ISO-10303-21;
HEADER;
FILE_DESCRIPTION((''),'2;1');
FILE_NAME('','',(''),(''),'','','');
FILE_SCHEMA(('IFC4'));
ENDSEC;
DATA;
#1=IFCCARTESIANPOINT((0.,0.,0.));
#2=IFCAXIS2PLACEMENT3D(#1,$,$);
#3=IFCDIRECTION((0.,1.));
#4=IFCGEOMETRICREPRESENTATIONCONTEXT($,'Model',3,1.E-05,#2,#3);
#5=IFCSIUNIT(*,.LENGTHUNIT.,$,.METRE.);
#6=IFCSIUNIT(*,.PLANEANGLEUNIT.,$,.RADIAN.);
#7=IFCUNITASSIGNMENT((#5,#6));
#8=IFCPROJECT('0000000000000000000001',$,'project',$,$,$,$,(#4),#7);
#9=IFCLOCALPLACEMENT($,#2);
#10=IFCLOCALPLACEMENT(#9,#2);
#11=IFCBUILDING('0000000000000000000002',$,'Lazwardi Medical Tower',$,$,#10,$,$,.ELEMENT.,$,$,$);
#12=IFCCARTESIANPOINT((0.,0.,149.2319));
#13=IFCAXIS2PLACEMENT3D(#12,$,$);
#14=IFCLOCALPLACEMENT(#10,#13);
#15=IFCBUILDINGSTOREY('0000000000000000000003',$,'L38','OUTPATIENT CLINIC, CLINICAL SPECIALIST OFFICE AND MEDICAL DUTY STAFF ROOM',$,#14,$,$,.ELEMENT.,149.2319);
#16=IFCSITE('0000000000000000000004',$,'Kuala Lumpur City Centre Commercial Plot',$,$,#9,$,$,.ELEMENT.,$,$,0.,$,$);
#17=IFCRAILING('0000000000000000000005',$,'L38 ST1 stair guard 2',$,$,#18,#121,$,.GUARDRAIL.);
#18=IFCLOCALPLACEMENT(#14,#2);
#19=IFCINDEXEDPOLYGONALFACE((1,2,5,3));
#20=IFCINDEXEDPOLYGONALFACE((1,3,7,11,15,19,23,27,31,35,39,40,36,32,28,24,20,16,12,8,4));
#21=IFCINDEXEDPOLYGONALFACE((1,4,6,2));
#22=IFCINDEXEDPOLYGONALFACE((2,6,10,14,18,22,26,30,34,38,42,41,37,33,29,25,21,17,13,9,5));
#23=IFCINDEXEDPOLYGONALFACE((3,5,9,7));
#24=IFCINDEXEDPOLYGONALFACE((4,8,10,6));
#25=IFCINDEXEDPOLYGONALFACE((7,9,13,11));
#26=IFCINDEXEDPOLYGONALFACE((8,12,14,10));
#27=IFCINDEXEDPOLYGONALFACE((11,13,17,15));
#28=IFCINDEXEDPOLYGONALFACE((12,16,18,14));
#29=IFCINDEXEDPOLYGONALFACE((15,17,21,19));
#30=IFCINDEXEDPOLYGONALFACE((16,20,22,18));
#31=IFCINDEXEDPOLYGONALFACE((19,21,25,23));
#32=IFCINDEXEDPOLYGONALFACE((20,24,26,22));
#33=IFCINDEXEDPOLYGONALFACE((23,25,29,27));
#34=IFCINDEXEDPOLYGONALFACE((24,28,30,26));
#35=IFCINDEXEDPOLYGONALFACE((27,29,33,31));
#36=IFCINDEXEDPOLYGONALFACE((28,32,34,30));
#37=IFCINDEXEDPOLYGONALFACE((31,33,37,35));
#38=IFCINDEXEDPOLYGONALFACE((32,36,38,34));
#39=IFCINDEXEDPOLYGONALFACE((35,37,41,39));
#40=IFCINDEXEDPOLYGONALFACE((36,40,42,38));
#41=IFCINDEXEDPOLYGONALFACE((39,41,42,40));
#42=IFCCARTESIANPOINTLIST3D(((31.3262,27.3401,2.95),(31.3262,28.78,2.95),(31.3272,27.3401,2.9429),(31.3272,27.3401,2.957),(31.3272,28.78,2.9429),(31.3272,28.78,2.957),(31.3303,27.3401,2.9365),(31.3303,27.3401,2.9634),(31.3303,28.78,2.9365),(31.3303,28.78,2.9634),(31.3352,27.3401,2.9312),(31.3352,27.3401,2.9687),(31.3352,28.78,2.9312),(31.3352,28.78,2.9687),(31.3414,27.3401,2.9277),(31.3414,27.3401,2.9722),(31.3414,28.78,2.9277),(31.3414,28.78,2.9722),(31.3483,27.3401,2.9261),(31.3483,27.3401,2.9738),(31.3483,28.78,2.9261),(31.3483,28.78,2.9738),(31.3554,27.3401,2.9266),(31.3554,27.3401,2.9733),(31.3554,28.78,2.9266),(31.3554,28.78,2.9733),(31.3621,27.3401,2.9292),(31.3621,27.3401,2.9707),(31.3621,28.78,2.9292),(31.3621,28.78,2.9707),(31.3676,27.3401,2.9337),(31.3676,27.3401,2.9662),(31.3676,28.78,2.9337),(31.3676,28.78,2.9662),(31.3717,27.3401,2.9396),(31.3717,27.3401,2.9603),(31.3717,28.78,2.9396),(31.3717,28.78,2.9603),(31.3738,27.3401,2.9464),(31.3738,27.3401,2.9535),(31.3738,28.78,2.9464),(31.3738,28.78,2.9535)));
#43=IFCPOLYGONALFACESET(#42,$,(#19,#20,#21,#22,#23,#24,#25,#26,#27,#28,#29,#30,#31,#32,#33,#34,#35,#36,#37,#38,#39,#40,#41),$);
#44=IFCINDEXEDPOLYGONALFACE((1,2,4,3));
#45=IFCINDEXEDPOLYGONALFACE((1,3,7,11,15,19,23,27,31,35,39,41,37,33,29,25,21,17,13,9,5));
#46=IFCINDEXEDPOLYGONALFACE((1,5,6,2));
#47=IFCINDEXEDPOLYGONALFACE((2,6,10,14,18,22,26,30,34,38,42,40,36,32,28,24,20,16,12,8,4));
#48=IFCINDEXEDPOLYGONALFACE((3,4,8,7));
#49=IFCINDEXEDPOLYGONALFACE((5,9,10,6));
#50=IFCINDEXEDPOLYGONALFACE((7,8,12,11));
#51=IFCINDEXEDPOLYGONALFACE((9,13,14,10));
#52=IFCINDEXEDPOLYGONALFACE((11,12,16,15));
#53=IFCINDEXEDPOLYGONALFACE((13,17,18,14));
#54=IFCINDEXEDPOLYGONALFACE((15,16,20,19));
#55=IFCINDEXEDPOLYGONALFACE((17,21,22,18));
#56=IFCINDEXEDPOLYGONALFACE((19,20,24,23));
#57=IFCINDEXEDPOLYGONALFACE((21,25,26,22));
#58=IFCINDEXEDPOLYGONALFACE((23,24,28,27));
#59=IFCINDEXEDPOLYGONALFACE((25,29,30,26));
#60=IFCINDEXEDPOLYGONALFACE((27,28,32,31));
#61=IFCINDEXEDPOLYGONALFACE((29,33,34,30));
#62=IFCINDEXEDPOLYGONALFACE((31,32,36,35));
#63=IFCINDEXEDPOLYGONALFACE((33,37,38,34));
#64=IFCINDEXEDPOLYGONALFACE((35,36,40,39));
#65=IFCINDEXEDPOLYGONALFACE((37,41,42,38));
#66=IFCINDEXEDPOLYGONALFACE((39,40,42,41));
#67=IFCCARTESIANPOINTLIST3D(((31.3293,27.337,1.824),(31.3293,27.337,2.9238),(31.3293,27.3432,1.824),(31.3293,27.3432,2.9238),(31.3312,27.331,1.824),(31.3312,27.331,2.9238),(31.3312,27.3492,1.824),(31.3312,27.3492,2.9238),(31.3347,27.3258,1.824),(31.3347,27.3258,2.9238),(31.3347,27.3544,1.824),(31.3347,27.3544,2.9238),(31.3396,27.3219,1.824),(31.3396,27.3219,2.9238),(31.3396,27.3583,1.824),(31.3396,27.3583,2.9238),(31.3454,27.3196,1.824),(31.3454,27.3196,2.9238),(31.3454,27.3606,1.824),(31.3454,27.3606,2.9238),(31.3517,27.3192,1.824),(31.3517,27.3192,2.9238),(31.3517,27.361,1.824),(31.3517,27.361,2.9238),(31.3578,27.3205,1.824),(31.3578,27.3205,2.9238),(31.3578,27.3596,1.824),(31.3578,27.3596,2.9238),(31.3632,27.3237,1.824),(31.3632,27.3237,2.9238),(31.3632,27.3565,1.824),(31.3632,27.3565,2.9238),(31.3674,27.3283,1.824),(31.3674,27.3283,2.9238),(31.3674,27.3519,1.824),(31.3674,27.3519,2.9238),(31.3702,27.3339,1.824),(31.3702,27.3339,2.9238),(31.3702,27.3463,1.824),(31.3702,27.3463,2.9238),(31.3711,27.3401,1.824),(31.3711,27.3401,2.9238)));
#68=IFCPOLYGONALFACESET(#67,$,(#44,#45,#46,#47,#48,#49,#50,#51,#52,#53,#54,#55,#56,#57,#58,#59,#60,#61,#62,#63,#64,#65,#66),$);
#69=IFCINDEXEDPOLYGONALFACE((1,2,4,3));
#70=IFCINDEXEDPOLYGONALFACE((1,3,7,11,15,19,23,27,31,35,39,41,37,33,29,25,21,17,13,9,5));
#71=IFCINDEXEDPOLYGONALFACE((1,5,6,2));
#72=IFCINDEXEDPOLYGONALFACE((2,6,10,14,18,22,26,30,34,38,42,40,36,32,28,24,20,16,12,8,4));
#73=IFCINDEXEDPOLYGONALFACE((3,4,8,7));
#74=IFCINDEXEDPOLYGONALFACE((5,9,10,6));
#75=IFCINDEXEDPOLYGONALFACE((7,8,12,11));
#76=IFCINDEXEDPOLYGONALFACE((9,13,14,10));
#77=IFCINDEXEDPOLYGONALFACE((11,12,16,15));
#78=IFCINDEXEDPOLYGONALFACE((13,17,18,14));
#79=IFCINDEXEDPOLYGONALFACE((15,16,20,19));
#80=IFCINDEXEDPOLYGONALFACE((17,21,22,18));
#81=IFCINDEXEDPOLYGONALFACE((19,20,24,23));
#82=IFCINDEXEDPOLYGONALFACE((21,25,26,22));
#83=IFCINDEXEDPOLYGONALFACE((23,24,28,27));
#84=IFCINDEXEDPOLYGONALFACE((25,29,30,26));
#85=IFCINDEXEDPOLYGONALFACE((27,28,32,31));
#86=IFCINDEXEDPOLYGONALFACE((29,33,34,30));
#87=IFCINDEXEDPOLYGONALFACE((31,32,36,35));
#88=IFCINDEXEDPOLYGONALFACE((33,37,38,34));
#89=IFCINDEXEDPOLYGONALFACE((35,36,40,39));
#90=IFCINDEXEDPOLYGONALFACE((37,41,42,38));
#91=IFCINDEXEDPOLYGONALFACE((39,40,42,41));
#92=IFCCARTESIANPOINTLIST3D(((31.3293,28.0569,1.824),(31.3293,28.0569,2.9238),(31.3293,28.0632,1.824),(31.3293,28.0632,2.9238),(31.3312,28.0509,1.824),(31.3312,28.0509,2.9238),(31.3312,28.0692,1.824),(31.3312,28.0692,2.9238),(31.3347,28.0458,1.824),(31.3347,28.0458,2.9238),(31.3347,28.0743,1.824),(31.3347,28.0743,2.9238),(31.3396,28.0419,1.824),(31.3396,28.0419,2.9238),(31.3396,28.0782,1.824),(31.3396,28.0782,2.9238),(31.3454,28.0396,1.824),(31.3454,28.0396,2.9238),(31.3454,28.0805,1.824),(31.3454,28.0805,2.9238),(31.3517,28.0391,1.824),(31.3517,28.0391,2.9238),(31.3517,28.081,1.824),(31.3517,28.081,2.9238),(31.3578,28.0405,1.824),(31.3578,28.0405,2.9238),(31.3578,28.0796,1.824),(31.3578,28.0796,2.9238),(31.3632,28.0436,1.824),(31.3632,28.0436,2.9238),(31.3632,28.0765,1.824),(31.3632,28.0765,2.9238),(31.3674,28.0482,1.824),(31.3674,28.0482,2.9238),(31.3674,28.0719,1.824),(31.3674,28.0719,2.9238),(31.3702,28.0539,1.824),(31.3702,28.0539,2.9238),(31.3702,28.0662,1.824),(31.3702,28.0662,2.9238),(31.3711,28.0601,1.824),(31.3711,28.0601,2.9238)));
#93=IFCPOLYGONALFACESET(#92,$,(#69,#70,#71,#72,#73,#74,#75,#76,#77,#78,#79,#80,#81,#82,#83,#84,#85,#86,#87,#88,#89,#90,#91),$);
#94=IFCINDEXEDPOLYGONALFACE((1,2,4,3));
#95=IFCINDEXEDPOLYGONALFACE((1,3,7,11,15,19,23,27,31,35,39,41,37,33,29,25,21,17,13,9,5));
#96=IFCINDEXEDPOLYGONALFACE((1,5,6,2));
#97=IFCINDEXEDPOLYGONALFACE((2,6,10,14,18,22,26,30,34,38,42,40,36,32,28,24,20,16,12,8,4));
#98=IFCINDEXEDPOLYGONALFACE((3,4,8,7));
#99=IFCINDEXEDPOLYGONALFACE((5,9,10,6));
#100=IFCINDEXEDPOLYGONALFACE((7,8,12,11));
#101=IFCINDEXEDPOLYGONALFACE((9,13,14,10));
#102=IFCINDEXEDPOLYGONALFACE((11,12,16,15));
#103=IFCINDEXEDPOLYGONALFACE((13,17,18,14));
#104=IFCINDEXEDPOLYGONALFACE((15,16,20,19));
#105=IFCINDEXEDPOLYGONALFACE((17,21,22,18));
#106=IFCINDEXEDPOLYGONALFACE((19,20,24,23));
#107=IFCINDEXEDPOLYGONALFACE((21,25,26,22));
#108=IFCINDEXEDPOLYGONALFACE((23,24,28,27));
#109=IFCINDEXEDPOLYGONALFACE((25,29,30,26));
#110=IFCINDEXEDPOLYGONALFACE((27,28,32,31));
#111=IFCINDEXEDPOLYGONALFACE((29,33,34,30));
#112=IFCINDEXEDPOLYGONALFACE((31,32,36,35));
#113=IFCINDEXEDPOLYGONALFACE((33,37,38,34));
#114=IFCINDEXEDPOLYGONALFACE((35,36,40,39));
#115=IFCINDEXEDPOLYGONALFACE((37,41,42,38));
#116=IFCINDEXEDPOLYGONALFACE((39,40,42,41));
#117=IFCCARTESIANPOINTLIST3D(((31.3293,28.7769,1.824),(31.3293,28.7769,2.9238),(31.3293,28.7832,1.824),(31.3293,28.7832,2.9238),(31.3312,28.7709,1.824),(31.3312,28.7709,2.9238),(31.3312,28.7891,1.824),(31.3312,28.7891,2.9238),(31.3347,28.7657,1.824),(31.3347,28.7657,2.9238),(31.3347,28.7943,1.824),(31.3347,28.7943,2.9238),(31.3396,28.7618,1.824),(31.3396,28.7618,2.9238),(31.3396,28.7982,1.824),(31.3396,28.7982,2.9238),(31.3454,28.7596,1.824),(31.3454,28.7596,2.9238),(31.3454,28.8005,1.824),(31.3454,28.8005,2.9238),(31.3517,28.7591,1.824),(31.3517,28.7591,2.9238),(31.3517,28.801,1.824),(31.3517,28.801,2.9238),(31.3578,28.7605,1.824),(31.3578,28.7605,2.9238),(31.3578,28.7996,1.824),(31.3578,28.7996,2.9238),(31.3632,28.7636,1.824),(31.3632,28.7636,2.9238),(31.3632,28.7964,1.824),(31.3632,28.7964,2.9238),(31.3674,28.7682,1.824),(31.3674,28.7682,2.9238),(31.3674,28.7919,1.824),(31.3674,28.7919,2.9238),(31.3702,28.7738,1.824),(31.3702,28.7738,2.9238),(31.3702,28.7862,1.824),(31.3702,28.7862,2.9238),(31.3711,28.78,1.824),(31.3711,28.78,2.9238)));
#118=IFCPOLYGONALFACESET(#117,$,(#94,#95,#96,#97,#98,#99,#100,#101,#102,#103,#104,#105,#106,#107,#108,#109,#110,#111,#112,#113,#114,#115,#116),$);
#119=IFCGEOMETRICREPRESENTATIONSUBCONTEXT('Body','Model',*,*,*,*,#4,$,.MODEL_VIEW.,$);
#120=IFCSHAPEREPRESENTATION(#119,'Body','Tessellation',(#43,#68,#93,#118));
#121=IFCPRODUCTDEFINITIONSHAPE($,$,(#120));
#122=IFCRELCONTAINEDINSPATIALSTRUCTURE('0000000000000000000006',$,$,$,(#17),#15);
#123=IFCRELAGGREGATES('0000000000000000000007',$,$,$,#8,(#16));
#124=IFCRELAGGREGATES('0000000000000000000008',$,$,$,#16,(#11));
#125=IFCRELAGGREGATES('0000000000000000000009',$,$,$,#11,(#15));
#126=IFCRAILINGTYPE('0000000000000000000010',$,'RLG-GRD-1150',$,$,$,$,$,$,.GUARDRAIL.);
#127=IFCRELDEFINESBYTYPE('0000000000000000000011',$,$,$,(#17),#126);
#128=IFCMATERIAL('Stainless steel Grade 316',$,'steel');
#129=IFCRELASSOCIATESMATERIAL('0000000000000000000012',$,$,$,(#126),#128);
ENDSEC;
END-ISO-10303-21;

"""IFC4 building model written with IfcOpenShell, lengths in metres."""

from ifc_helpers import new_model, si_unit, direction, frame, origin, origin_2d, place, context, subcontext, project, spatial, circle, extrude, material, type_object, element, save


model = new_model("IFC4")

# Units and contexts
model_context = context("Model", 3, precision=1e-05, world=origin(), true_north=direction((0.0, 1.0)))
body_context = subcontext(model_context, "Body", "Model", "MODEL_VIEW")
ifc_project = project(units=[si_unit("LENGTHUNIT", "METRE"), si_unit("PLANEANGLEUNIT", "RADIAN")], contexts=[model_context])

# Site, building, storey
site_placement = place(None, origin())
site = spatial("IfcSite", under=ifc_project, at=site_placement, Name="Kuala Lumpur City Centre Commercial Plot", CompositionType="ELEMENT", RefElevation=0.0)
building_placement = place(site_placement, origin())
building = spatial("IfcBuilding", under=site, at=building_placement, Name="Lazwardi Medical Tower", CompositionType="ELEMENT")
storey_placement = place(building_placement, frame((0.0, 0.0, 149.2319)))
storey = spatial("IfcBuildingStorey", under=building, at=storey_placement, Name="L38", Description="OUTPATIENT CLINIC, CLINICAL SPECIALIST OFFICE AND MEDICAL DUTY STAFF ROOM", CompositionType="ELEMENT", Elevation=149.2319)

# Railing
ifc_material_1 = material(Name="Stainless steel Grade 316", Category="steel")
railing_type_1 = type_object("IfcRailingType", Name="RLG-GRD-1150", PredefinedType="GUARDRAIL", material=ifc_material_1)
railing_1_placement = place(storey_placement, frame((31.3501, 27.3401, 1.824)))
element("IfcRailing", 1, at=railing_1_placement, inside=storey, type_object=railing_type_1, Name="L38 ST1 stair guard 2", PredefinedType="GUARDRAIL", context=body_context, shape_type="SweptSolid", body=[
    extrude(circle(Radius=0.0239, at=origin_2d()), frame((0.0, 0.0, 1.126), z_axis=(0.0, 1.0, 0.0), x_axis=(-1.0, 0.0, 0.0)), (0.0, 0.0, 1.0), 1.4399),
    extrude(circle(Radius=0.021, at=origin_2d()), origin(), (0.0, 0.0, 1.0), 1.0999),
    extrude(circle(Radius=0.021, at=origin_2d()), frame((0.0, 0.72, 0.0)), (0.0, 0.0, 1.0), 1.0999),
    extrude(circle(Radius=0.021, at=origin_2d()), frame((0.0, 1.4399, 0.0)), (0.0, 0.0, 1.0), 1.0999),
])

save(model, "model.ifc")
